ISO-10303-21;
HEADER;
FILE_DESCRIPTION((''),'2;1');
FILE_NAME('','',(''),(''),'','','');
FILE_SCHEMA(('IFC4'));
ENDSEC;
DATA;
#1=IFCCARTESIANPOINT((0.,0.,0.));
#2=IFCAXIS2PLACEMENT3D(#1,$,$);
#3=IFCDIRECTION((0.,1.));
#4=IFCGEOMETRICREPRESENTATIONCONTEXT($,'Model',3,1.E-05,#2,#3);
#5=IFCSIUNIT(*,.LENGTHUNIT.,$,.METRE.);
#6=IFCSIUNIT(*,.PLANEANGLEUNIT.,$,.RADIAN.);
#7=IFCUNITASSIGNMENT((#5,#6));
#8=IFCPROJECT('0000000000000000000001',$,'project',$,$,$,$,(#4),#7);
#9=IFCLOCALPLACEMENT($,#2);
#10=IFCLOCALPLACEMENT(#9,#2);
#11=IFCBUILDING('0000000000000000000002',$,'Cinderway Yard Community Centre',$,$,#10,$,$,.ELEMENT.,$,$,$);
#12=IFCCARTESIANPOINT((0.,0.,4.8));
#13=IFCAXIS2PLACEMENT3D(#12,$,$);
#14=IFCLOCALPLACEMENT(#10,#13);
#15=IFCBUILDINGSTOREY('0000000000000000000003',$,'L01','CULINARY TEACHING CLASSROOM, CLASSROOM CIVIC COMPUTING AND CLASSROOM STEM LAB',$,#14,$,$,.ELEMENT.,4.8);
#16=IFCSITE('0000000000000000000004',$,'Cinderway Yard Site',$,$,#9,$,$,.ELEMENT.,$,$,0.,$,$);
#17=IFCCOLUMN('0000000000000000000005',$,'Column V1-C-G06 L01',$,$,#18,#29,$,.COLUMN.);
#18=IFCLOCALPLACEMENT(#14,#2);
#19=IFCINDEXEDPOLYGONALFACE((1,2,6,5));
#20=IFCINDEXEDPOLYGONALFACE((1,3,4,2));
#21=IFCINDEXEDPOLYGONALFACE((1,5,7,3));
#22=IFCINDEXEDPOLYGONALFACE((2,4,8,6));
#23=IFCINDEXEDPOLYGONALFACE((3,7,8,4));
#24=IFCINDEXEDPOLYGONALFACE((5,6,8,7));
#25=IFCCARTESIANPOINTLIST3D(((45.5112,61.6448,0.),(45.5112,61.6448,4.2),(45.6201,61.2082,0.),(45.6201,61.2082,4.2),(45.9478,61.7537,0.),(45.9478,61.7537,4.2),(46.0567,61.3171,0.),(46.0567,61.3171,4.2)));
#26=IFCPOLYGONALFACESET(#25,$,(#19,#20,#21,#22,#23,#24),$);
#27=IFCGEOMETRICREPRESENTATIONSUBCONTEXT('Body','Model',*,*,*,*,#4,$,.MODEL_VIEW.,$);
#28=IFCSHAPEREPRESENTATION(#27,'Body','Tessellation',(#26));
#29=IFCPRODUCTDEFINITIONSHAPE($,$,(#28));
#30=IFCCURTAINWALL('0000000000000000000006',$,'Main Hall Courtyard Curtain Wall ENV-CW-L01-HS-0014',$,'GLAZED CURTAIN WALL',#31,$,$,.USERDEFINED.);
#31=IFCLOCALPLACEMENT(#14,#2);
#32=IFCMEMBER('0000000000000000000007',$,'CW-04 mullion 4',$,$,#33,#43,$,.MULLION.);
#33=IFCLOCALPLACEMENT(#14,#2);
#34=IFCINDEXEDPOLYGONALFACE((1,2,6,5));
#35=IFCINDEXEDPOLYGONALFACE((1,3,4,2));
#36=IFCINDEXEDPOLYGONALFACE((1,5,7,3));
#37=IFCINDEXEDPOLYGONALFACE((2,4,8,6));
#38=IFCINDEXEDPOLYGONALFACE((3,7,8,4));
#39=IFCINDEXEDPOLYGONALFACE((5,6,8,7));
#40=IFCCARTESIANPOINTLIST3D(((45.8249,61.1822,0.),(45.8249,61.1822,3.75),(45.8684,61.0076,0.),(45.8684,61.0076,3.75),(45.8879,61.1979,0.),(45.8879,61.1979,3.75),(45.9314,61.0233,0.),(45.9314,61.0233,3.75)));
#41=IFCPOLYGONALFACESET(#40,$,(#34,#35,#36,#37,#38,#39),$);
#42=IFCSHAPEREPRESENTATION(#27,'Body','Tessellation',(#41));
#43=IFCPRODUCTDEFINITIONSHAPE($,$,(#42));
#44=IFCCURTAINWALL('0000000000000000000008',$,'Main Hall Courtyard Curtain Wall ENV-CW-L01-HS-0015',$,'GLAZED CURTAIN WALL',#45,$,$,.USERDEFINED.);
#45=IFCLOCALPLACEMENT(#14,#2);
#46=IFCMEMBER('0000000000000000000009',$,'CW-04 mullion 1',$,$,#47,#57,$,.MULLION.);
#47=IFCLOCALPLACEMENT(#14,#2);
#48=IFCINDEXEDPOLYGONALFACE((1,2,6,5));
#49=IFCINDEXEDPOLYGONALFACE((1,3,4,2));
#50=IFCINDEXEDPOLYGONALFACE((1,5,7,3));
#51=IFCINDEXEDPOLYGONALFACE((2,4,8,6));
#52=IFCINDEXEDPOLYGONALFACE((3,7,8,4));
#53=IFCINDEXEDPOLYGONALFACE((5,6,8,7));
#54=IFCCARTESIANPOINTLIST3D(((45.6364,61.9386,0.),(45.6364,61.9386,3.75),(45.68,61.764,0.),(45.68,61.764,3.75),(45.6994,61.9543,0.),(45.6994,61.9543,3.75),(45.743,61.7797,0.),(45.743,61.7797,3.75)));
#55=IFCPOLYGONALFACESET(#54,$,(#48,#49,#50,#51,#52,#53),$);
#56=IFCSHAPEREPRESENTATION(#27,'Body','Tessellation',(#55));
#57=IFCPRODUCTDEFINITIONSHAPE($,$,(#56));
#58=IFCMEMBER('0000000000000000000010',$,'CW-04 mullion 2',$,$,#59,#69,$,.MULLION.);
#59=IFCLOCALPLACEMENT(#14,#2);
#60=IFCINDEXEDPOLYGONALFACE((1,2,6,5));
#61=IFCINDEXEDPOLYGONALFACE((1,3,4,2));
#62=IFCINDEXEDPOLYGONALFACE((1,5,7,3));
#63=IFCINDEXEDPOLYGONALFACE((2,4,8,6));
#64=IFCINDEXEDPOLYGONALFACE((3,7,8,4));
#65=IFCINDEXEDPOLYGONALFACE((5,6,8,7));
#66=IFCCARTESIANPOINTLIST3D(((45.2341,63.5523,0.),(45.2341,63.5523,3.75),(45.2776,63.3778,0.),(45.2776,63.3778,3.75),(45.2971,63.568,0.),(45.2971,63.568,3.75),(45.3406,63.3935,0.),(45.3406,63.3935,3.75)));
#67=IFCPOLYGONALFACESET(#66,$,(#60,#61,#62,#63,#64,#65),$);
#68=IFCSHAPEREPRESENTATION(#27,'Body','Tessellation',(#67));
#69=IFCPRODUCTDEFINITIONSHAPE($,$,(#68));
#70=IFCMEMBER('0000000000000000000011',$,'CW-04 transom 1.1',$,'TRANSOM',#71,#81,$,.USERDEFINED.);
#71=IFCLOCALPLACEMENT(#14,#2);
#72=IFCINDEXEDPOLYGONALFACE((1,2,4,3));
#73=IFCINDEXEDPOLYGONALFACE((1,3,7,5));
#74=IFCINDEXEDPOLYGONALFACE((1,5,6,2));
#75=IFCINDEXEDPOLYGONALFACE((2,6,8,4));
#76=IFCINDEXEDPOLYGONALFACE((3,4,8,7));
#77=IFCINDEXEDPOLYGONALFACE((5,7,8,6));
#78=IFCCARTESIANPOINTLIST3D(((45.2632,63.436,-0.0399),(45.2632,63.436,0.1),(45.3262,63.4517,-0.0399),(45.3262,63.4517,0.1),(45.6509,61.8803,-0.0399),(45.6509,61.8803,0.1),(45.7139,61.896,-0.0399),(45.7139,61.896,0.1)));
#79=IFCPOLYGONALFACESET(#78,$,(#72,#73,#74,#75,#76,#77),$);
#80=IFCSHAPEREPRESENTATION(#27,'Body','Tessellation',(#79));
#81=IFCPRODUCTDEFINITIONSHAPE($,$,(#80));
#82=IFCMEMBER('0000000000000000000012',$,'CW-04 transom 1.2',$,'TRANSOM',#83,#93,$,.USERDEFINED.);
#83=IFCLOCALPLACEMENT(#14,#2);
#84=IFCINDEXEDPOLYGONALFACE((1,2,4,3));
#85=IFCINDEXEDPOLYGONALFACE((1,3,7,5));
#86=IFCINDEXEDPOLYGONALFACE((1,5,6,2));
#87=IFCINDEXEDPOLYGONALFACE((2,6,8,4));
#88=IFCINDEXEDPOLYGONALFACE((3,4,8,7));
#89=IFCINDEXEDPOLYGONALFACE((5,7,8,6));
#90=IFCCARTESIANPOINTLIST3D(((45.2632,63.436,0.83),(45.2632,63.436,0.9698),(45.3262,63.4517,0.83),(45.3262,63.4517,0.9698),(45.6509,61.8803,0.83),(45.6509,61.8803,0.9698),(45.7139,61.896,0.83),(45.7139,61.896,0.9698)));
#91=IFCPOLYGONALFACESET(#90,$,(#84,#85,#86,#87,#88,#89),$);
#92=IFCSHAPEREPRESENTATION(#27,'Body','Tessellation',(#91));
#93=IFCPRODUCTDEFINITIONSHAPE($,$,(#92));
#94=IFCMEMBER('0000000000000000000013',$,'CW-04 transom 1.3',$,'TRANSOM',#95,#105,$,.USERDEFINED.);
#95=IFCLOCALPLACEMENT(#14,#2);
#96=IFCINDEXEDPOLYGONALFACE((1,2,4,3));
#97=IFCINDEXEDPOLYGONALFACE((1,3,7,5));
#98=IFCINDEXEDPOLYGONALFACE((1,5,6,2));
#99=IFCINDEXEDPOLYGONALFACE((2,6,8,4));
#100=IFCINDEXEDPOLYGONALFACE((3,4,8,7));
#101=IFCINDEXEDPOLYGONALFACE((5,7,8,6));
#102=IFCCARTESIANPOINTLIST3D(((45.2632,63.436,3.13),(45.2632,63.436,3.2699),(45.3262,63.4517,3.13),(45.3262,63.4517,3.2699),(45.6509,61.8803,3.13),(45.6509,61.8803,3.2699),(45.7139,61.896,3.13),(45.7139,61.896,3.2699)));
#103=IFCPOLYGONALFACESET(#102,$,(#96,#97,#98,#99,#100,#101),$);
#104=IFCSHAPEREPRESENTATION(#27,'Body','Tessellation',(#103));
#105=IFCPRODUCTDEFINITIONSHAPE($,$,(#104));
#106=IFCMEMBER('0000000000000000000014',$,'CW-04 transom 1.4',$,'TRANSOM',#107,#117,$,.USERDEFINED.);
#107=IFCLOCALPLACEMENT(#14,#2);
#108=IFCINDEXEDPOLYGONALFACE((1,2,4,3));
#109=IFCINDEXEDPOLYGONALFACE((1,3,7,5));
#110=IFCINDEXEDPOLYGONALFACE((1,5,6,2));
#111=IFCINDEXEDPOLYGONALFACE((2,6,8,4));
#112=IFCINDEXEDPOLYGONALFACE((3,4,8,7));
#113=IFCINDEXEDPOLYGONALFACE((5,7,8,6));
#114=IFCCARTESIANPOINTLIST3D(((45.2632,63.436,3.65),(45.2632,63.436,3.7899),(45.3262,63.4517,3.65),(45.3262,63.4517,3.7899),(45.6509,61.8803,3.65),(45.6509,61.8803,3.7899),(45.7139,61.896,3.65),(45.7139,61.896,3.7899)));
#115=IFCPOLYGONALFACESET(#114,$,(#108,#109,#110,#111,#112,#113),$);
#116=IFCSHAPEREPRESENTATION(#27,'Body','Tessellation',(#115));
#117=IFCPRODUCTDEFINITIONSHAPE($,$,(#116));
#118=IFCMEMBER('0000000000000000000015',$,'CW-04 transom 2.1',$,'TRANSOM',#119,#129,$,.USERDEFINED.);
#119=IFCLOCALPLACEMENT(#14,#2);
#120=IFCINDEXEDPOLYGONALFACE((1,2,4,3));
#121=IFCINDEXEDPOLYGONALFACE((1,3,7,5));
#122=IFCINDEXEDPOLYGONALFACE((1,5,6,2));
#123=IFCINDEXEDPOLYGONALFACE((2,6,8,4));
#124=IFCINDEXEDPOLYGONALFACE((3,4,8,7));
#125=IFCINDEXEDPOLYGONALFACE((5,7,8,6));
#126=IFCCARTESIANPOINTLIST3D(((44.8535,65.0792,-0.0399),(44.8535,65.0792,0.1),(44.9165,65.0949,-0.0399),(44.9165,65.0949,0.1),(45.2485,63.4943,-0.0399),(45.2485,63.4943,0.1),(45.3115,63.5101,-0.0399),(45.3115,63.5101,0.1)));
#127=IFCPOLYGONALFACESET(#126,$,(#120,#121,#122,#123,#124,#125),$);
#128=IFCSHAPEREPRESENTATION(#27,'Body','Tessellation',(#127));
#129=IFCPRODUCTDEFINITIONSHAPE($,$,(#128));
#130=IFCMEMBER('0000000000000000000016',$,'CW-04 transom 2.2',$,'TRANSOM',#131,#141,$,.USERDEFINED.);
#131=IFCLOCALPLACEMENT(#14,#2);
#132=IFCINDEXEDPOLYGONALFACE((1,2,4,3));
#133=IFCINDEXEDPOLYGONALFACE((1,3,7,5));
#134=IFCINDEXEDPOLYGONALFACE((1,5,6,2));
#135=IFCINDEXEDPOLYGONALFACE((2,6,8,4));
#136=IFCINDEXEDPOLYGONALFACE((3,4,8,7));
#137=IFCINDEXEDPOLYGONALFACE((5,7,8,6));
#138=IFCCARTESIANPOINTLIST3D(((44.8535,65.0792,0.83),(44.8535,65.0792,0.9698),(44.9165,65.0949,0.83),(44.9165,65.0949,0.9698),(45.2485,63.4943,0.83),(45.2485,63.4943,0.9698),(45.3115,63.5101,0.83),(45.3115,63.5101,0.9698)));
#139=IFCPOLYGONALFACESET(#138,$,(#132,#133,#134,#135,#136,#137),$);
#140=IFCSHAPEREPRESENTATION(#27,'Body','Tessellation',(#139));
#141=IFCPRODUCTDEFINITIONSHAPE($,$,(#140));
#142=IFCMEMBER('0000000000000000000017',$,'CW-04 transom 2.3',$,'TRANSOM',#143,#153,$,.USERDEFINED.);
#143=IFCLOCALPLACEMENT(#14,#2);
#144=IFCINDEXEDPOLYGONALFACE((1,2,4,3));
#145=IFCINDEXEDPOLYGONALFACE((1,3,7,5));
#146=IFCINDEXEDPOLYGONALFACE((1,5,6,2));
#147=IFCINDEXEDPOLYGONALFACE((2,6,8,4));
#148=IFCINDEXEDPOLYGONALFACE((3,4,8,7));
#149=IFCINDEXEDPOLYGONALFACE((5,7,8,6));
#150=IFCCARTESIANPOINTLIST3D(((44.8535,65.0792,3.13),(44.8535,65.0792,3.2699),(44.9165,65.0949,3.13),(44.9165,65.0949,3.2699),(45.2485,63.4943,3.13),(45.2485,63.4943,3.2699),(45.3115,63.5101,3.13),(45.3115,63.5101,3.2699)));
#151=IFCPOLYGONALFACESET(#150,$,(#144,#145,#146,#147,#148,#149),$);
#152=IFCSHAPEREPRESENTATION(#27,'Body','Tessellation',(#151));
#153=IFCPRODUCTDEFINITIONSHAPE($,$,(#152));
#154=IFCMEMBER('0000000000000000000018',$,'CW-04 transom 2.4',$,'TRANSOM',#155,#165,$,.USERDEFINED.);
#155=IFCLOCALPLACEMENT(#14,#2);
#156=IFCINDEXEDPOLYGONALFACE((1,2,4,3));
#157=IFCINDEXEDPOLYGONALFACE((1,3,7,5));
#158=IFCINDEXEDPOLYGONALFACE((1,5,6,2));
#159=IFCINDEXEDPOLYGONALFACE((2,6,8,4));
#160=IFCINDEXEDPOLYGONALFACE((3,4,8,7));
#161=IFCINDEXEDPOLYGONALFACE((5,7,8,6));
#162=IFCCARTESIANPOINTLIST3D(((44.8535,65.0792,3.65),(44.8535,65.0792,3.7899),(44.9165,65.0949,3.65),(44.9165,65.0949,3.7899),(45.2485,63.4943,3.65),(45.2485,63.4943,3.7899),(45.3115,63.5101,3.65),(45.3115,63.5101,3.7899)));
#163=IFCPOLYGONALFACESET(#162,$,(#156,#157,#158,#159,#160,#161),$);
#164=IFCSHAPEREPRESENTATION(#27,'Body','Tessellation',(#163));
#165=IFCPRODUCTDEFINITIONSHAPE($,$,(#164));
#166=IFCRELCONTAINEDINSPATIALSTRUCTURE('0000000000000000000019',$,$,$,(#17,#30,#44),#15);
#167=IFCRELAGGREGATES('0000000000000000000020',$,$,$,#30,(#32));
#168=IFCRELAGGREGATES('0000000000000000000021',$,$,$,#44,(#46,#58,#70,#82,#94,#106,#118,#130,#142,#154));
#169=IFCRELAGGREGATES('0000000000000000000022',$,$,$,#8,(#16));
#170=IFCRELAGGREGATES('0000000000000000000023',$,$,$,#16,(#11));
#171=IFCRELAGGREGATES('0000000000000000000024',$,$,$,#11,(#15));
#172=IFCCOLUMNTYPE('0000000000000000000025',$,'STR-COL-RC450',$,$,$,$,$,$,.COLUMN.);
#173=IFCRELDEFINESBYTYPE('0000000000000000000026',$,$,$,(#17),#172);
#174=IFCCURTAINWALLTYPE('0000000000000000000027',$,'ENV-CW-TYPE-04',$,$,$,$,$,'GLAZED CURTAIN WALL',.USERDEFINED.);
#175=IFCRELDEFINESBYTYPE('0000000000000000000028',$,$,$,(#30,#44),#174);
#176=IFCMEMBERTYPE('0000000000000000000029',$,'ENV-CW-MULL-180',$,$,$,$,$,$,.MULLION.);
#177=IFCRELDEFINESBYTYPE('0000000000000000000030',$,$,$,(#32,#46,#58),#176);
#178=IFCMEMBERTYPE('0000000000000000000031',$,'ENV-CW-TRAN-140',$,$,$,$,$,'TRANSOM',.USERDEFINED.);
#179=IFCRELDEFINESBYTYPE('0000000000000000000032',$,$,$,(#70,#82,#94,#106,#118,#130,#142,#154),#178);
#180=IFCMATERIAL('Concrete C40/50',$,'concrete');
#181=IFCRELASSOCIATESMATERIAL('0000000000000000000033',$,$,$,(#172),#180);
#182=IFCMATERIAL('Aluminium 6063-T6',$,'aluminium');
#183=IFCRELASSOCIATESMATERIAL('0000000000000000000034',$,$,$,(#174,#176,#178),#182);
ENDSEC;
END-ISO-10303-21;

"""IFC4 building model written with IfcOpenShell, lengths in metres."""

from ifc_helpers import new_model, si_unit, direction, frame, origin, origin_2d, place, context, subcontext, project, spatial, rectangle, extrude, material, material_profile, profile_set, type_object, element, aggregate, save


model = new_model("IFC4")

# Units and contexts
model_context = context("Model", 3, precision=1e-05, world=origin(), true_north=direction((0.0, 1.0)))
body_context = subcontext(model_context, "Body", "Model", "MODEL_VIEW")
ifc_project = project(units=[si_unit("LENGTHUNIT", "METRE"), si_unit("PLANEANGLEUNIT", "RADIAN")], contexts=[model_context])

# Site, building, storey
site_placement = place(None, origin())
site = spatial("IfcSite", under=ifc_project, at=site_placement, Name="Cinderway Yard Site", CompositionType="ELEMENT", RefElevation=0.0)
building_placement = place(site_placement, origin())
building = spatial("IfcBuilding", under=site, at=building_placement, Name="Cinderway Yard Community Centre", CompositionType="ELEMENT")
storey_placement = place(building_placement, frame((0.0, 0.0, 4.8)))
storey = spatial("IfcBuildingStorey", under=building, at=storey_placement, Name="L01", Description="CULINARY TEACHING CLASSROOM, CLASSROOM CIVIC COMPUTING AND CLASSROOM STEM LAB", CompositionType="ELEMENT", Elevation=4.8)

# Column
ifc_material_1 = material(Name="Concrete C40/50", Category="concrete")
ifc_material_profile_1 = material_profile(ifc_material_1, rectangle(XDim=0.45, YDim=0.45, at=origin_2d()), Name="Concrete C40/50")
ifc_profile_set_1 = profile_set([ifc_material_profile_1], Name="Concrete C40/50")
column_type = type_object("IfcColumnType", Name="STR-COL-RC450", PredefinedType="COLUMN", material=ifc_profile_set_1)
column_placement = place(storey_placement, frame((45.7839, 61.481, 0.0), z_axis=(0.0, 0.0, 1.0), x_axis=(0.970296, 0.241922, 0.0)))
element("IfcColumn", 1, at=column_placement, inside=storey, type_object=column_type, Name="Column V1-C-G06 L01", PredefinedType="COLUMN", context=body_context, shape_type="SweptSolid", body=[
    extrude(rectangle(XDim=0.45, YDim=0.45, at=origin_2d()), origin(), (0.0, 0.0, 1.0), 4.2),
])

# Curtain wall, member
ifc_material_2 = material(Name="Aluminium 6063-T6", Category="aluminium")
curtain_wall_type = type_object("IfcCurtainWallType", Name="ENV-CW-TYPE-04", ElementType="GLAZED CURTAIN WALL", PredefinedType="USERDEFINED", material=ifc_material_2)
curtain_wall_1_placement = place(storey_placement, origin())
curtain_wall_1 = element("IfcCurtainWall", 2, at=curtain_wall_1_placement, inside=storey, type_object=curtain_wall_type, Name="Main Hall Courtyard Curtain Wall ENV-CW-L01-HS-0014", ObjectType="GLAZED CURTAIN WALL", PredefinedType="USERDEFINED")
ifc_material_profile_2 = material_profile(ifc_material_2, rectangle(XDim=0.0649, YDim=0.1799, at=origin_2d()), Name="Aluminium 6063-T6")
ifc_profile_set_2 = profile_set([ifc_material_profile_2], Name="Aluminium 6063-T6")
member_type_1 = type_object("IfcMemberType", Name="ENV-CW-MULL-180", PredefinedType="MULLION", material=ifc_profile_set_2)
member_1_placement = place(storey_placement, frame((45.8782, 61.1028, 0.0), z_axis=(0.0, 0.0, 1.0), x_axis=(-0.970304, -0.241887, 0.0)))
member_1 = element("IfcMember", 3, at=member_1_placement, type_object=member_type_1, Name="CW-04 mullion 4", PredefinedType="MULLION", context=body_context, shape_type="SweptSolid", body=[
    extrude(rectangle(XDim=0.0649, YDim=0.1799, at=origin_2d()), origin(), (0.0, 0.0, 1.0), 3.75),
])
aggregate(curtain_wall_1, [member_1])

# Curtain wall, members
curtain_wall_2_placement = place(storey_placement, origin())
curtain_wall_2 = element("IfcCurtainWall", 4, at=curtain_wall_2_placement, inside=storey, type_object=curtain_wall_type, Name="Main Hall Courtyard Curtain Wall ENV-CW-L01-HS-0015", ObjectType="GLAZED CURTAIN WALL", PredefinedType="USERDEFINED")
member_2_placement = place(storey_placement, frame((45.6897, 61.8591, 0.0), z_axis=(0.0, 0.0, 1.0), x_axis=(-0.970293, -0.241933, 0.0)))
member_2 = element("IfcMember", 5, at=member_2_placement, type_object=member_type_1, Name="CW-04 mullion 1", PredefinedType="MULLION", context=body_context, shape_type="SweptSolid", body=[
    extrude(rectangle(XDim=0.0649, YDim=0.1799, at=origin_2d()), origin(), (0.0, 0.0, 1.0), 3.75),
])
member_3_placement = place(storey_placement, frame((45.2874, 63.4729, 0.0), z_axis=(0.0, 0.0, 1.0), x_axis=(-0.970293, -0.241933, 0.0)))
member_3 = element("IfcMember", 6, at=member_3_placement, type_object=member_type_1, Name="CW-04 mullion 2", PredefinedType="MULLION", context=body_context, shape_type="SweptSolid", body=[
    extrude(rectangle(XDim=0.0649, YDim=0.1799, at=origin_2d()), origin(), (0.0, 0.0, 1.0), 3.75),
])
ifc_material_profile_3 = material_profile(ifc_material_2, rectangle(XDim=0.0649, YDim=0.1399, at=origin_2d()), Name="Aluminium 6063-T6")
ifc_profile_set_3 = profile_set([ifc_material_profile_3], Name="Aluminium 6063-T6")
member_type_2 = type_object("IfcMemberType", Name="ENV-CW-TRAN-140", ElementType="TRANSOM", PredefinedType="USERDEFINED", material=ifc_profile_set_3)
member_4_placement = place(storey_placement, frame((45.6824, 61.8882, 0.03), z_axis=(-0.241819, 0.970321, 0.0), x_axis=(-0.970321, -0.241819, 0.0)))
member_4 = element("IfcMember", 7, at=member_4_placement, type_object=member_type_2, Name="CW-04 transom 1.1", ObjectType="TRANSOM", PredefinedType="USERDEFINED", context=body_context, shape_type="SweptSolid", body=[
    extrude(rectangle(XDim=0.0649, YDim=0.1399, at=origin_2d()), origin(), (0.0, 0.0, 1.0), 1.6033),
])
member_5_placement = place(storey_placement, frame((45.6824, 61.8882, 0.8999), z_axis=(-0.241819, 0.970321, 0.0), x_axis=(-0.970321, -0.241819, 0.0)))
member_5 = element("IfcMember", 8, at=member_5_placement, type_object=member_type_2, Name="CW-04 transom 1.2", ObjectType="TRANSOM", PredefinedType="USERDEFINED", context=body_context, shape_type="SweptSolid", body=[
    extrude(rectangle(XDim=0.0649, YDim=0.1399, at=origin_2d()), origin(), (0.0, 0.0, 1.0), 1.6033),
])
member_6_placement = place(storey_placement, frame((45.6824, 61.8882, 3.2), z_axis=(-0.241819, 0.970321, 0.0), x_axis=(-0.970321, -0.241819, 0.0)))
member_6 = element("IfcMember", 9, at=member_6_placement, type_object=member_type_2, Name="CW-04 transom 1.3", ObjectType="TRANSOM", PredefinedType="USERDEFINED", context=body_context, shape_type="SweptSolid", body=[
    extrude(rectangle(XDim=0.0649, YDim=0.1399, at=origin_2d()), origin(), (0.0, 0.0, 1.0), 1.6033),
])
member_7_placement = place(storey_placement, frame((45.6824, 61.8882, 3.72), z_axis=(-0.241819, 0.970321, 0.0), x_axis=(-0.970321, -0.241819, 0.0)))
member_7 = element("IfcMember", 10, at=member_7_placement, type_object=member_type_2, Name="CW-04 transom 1.4", ObjectType="TRANSOM", PredefinedType="USERDEFINED", context=body_context, shape_type="SweptSolid", body=[
    extrude(rectangle(XDim=0.0649, YDim=0.1399, at=origin_2d()), origin(), (0.0, 0.0, 1.0), 1.6033),
])
member_8_placement = place(storey_placement, frame((45.28, 63.5022, 0.03), z_axis=(-0.241867, 0.970309, 0.0), x_axis=(-0.970309, -0.241867, 0.0)))
member_8 = element("IfcMember", 11, at=member_8_placement, type_object=member_type_2, Name="CW-04 transom 2.1", ObjectType="TRANSOM", PredefinedType="USERDEFINED", context=body_context, shape_type="SweptSolid", body=[
    extrude(rectangle(XDim=0.0649, YDim=0.1399, at=origin_2d()), origin(), (0.0, 0.0, 1.0), 1.6333),
])
member_9_placement = place(storey_placement, frame((45.28, 63.5022, 0.8999), z_axis=(-0.241867, 0.970309, 0.0), x_axis=(-0.970309, -0.241867, 0.0)))
member_9 = element("IfcMember", 12, at=member_9_placement, type_object=member_type_2, Name="CW-04 transom 2.2", ObjectType="TRANSOM", PredefinedType="USERDEFINED", context=body_context, shape_type="SweptSolid", body=[
    extrude(rectangle(XDim=0.0649, YDim=0.1399, at=origin_2d()), origin(), (0.0, 0.0, 1.0), 1.6333),
])
member_10_placement = place(storey_placement, frame((45.28, 63.5022, 3.2), z_axis=(-0.241867, 0.970309, 0.0), x_axis=(-0.970309, -0.241867, 0.0)))
member_10 = element("IfcMember", 13, at=member_10_placement, type_object=member_type_2, Name="CW-04 transom 2.3", ObjectType="TRANSOM", PredefinedType="USERDEFINED", context=body_context, shape_type="SweptSolid", body=[
    extrude(rectangle(XDim=0.0649, YDim=0.1399, at=origin_2d()), origin(), (0.0, 0.0, 1.0), 1.6333),
])
member_11_placement = place(storey_placement, frame((45.28, 63.5022, 3.72), z_axis=(-0.241867, 0.970309, 0.0), x_axis=(-0.970309, -0.241867, 0.0)))
member_11 = element("IfcMember", 14, at=member_11_placement, type_object=member_type_2, Name="CW-04 transom 2.4", ObjectType="TRANSOM", PredefinedType="USERDEFINED", context=body_context, shape_type="SweptSolid", body=[
    extrude(rectangle(XDim=0.0649, YDim=0.1399, at=origin_2d()), origin(), (0.0, 0.0, 1.0), 1.6333),
])

aggregate(curtain_wall_2, [member_2, member_3, member_4, member_5, member_6, member_7, member_8, member_9, member_10, member_11])

save(model, "model.ifc")
